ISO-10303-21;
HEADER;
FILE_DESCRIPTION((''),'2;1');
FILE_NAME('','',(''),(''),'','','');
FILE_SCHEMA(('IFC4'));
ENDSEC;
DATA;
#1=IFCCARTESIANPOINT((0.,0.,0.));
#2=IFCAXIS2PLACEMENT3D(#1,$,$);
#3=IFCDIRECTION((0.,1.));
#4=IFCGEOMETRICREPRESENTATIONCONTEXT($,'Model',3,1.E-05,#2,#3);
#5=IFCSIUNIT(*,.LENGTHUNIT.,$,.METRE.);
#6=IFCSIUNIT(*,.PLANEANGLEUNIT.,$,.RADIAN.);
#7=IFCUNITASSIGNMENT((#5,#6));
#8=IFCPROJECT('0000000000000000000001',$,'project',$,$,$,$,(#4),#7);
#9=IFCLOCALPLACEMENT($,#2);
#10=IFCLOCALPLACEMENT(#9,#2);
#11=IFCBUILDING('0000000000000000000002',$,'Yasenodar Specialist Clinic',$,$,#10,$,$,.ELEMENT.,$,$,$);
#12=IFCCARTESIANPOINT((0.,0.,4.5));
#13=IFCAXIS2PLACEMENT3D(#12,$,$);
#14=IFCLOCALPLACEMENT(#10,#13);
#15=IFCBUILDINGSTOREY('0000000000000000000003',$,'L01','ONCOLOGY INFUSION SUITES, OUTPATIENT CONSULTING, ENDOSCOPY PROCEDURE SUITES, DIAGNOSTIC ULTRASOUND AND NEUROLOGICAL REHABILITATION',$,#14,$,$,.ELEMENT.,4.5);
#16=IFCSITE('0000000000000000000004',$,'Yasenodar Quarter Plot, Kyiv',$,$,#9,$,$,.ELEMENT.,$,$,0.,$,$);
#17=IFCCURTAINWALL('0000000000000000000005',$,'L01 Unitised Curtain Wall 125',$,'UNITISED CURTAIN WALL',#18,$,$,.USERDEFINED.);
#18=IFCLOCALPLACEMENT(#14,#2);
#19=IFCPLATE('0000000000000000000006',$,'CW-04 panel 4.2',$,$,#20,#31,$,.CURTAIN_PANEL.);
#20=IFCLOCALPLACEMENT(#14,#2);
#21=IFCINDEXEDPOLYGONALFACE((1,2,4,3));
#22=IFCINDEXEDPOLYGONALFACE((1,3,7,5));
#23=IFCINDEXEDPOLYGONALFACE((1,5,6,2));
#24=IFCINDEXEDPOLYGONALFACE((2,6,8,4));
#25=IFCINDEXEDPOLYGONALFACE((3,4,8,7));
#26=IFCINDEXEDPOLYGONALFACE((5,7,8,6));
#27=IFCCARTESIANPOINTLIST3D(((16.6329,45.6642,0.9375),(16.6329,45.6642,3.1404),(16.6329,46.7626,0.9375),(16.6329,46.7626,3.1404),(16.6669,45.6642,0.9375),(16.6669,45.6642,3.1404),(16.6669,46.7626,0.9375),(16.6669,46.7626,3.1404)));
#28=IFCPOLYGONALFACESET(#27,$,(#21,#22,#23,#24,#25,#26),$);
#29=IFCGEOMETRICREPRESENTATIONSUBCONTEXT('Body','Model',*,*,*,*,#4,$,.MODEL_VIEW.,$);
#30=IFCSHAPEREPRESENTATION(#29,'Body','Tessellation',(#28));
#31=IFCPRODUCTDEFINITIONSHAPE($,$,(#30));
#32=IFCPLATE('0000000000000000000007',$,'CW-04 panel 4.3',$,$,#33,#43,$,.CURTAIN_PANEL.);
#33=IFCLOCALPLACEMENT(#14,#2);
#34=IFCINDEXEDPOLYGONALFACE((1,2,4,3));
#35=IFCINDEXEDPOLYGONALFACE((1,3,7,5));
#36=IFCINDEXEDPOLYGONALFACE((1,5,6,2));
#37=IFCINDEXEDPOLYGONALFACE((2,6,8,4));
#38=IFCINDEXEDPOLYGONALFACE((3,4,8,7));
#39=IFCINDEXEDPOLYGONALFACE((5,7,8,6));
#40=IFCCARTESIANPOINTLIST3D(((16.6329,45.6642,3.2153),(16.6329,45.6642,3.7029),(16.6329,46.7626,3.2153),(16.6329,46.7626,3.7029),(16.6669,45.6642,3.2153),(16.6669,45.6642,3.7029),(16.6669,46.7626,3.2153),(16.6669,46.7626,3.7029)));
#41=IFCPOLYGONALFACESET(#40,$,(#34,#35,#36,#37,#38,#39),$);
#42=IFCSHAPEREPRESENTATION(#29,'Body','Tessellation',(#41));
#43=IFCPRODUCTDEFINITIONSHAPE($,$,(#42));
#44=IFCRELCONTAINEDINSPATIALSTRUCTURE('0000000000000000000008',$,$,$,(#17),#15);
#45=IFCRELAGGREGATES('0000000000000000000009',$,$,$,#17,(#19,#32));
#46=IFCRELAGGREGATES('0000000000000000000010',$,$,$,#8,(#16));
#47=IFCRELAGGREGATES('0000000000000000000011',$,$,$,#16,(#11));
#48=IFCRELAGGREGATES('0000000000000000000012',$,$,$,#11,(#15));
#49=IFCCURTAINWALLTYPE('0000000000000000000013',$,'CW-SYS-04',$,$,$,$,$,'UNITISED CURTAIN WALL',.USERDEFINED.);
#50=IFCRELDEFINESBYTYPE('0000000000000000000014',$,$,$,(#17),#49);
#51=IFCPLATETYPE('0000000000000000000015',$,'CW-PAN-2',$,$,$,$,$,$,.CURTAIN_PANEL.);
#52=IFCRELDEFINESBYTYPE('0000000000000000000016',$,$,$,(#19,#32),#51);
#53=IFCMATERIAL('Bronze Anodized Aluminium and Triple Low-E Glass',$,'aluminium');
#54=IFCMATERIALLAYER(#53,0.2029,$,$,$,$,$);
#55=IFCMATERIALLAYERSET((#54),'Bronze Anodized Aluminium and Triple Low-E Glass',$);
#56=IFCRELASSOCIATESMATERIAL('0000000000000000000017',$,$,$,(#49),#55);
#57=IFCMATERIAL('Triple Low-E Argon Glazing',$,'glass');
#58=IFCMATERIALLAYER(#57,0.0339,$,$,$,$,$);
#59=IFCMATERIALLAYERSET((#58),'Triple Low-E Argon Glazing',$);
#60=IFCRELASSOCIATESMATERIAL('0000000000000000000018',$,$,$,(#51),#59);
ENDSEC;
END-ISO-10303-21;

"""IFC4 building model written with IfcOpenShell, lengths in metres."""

from ifc_helpers import new_model, si_unit, direction, frame, origin, origin_2d, place, context, subcontext, project, spatial, rectangle, extrude, material, layer, layer_set, type_object, element, aggregate, save


model = new_model("IFC4")

# Units and contexts
model_context = context("Model", 3, precision=1e-05, world=origin(), true_north=direction((0.0, 1.0)))
body_context = subcontext(model_context, "Body", "Model", "MODEL_VIEW")
ifc_project = project(units=[si_unit("LENGTHUNIT", "METRE"), si_unit("PLANEANGLEUNIT", "RADIAN")], contexts=[model_context])

# Site, building, storey
site_placement = place(None, origin())
site = spatial("IfcSite", under=ifc_project, at=site_placement, Name="Yasenodar Quarter Plot, Kyiv", CompositionType="ELEMENT", RefElevation=0.0)
building_placement = place(site_placement, origin())
building = spatial("IfcBuilding", under=site, at=building_placement, Name="Yasenodar Specialist Clinic", CompositionType="ELEMENT")
storey_placement = place(building_placement, frame((0.0, 0.0, 4.5)))
storey = spatial("IfcBuildingStorey", under=building, at=storey_placement, Name="L01", Description="ONCOLOGY INFUSION SUITES, OUTPATIENT CONSULTING, ENDOSCOPY PROCEDURE SUITES, DIAGNOSTIC ULTRASOUND AND NEUROLOGICAL REHABILITATION", CompositionType="ELEMENT", Elevation=4.5)

# Curtain wall
ifc_material_1 = material(Name="Bronze Anodized Aluminium and Triple Low-E Glass", Category="aluminium")
ifc_layer_1 = layer(ifc_material_1, 0.2029)
ifc_layer_set_1 = layer_set([ifc_layer_1], Name="Bronze Anodized Aluminium and Triple Low-E Glass")
curtain_wall_type = type_object("IfcCurtainWallType", Name="CW-SYS-04", ElementType="UNITISED CURTAIN WALL", PredefinedType="USERDEFINED", material=ifc_layer_set_1)
curtain_wall_placement = place(storey_placement, origin())
curtain_wall = element("IfcCurtainWall", 1, at=curtain_wall_placement, inside=storey, type_object=curtain_wall_type, Name="L01 Unitised Curtain Wall 125", ObjectType="UNITISED CURTAIN WALL", PredefinedType="USERDEFINED")

# Plates
ifc_material_2 = material(Name="Triple Low-E Argon Glazing", Category="glass")
ifc_layer_2 = layer(ifc_material_2, 0.0339)
ifc_layer_set_2 = layer_set([ifc_layer_2], Name="Triple Low-E Argon Glazing")
plate_type = type_object("IfcPlateType", Name="CW-PAN-2", PredefinedType="CURTAIN_PANEL", material=ifc_layer_set_2)
plate_1_placement = place(storey_placement, frame((16.6499, 46.2134, 0.9375), z_axis=(0.0, 0.0, 1.0), x_axis=(0.0, -1.0, 0.0)))
plate_1 = element("IfcPlate", 2, at=plate_1_placement, type_object=plate_type, Name="CW-04 panel 4.2", PredefinedType="CURTAIN_PANEL", context=body_context, shape_type="SweptSolid", body=[
    extrude(rectangle(XDim=1.0984, YDim=0.0339, at=origin_2d()), origin(), (0.0, 0.0, 1.0), 2.2029),
])
plate_2_placement = place(storey_placement, frame((16.6499, 46.2134, 3.2153), z_axis=(0.0, 0.0, 1.0), x_axis=(0.0, -1.0, 0.0)))
plate_2 = element("IfcPlate", 3, at=plate_2_placement, type_object=plate_type, Name="CW-04 panel 4.3", PredefinedType="CURTAIN_PANEL", context=body_context, shape_type="SweptSolid", body=[
    extrude(rectangle(XDim=1.0984, YDim=0.0339, at=origin_2d()), origin(), (0.0, 0.0, 1.0), 0.4875),
])
aggregate(curtain_wall, [plate_1, plate_2])

save(model, "model.ifc")
